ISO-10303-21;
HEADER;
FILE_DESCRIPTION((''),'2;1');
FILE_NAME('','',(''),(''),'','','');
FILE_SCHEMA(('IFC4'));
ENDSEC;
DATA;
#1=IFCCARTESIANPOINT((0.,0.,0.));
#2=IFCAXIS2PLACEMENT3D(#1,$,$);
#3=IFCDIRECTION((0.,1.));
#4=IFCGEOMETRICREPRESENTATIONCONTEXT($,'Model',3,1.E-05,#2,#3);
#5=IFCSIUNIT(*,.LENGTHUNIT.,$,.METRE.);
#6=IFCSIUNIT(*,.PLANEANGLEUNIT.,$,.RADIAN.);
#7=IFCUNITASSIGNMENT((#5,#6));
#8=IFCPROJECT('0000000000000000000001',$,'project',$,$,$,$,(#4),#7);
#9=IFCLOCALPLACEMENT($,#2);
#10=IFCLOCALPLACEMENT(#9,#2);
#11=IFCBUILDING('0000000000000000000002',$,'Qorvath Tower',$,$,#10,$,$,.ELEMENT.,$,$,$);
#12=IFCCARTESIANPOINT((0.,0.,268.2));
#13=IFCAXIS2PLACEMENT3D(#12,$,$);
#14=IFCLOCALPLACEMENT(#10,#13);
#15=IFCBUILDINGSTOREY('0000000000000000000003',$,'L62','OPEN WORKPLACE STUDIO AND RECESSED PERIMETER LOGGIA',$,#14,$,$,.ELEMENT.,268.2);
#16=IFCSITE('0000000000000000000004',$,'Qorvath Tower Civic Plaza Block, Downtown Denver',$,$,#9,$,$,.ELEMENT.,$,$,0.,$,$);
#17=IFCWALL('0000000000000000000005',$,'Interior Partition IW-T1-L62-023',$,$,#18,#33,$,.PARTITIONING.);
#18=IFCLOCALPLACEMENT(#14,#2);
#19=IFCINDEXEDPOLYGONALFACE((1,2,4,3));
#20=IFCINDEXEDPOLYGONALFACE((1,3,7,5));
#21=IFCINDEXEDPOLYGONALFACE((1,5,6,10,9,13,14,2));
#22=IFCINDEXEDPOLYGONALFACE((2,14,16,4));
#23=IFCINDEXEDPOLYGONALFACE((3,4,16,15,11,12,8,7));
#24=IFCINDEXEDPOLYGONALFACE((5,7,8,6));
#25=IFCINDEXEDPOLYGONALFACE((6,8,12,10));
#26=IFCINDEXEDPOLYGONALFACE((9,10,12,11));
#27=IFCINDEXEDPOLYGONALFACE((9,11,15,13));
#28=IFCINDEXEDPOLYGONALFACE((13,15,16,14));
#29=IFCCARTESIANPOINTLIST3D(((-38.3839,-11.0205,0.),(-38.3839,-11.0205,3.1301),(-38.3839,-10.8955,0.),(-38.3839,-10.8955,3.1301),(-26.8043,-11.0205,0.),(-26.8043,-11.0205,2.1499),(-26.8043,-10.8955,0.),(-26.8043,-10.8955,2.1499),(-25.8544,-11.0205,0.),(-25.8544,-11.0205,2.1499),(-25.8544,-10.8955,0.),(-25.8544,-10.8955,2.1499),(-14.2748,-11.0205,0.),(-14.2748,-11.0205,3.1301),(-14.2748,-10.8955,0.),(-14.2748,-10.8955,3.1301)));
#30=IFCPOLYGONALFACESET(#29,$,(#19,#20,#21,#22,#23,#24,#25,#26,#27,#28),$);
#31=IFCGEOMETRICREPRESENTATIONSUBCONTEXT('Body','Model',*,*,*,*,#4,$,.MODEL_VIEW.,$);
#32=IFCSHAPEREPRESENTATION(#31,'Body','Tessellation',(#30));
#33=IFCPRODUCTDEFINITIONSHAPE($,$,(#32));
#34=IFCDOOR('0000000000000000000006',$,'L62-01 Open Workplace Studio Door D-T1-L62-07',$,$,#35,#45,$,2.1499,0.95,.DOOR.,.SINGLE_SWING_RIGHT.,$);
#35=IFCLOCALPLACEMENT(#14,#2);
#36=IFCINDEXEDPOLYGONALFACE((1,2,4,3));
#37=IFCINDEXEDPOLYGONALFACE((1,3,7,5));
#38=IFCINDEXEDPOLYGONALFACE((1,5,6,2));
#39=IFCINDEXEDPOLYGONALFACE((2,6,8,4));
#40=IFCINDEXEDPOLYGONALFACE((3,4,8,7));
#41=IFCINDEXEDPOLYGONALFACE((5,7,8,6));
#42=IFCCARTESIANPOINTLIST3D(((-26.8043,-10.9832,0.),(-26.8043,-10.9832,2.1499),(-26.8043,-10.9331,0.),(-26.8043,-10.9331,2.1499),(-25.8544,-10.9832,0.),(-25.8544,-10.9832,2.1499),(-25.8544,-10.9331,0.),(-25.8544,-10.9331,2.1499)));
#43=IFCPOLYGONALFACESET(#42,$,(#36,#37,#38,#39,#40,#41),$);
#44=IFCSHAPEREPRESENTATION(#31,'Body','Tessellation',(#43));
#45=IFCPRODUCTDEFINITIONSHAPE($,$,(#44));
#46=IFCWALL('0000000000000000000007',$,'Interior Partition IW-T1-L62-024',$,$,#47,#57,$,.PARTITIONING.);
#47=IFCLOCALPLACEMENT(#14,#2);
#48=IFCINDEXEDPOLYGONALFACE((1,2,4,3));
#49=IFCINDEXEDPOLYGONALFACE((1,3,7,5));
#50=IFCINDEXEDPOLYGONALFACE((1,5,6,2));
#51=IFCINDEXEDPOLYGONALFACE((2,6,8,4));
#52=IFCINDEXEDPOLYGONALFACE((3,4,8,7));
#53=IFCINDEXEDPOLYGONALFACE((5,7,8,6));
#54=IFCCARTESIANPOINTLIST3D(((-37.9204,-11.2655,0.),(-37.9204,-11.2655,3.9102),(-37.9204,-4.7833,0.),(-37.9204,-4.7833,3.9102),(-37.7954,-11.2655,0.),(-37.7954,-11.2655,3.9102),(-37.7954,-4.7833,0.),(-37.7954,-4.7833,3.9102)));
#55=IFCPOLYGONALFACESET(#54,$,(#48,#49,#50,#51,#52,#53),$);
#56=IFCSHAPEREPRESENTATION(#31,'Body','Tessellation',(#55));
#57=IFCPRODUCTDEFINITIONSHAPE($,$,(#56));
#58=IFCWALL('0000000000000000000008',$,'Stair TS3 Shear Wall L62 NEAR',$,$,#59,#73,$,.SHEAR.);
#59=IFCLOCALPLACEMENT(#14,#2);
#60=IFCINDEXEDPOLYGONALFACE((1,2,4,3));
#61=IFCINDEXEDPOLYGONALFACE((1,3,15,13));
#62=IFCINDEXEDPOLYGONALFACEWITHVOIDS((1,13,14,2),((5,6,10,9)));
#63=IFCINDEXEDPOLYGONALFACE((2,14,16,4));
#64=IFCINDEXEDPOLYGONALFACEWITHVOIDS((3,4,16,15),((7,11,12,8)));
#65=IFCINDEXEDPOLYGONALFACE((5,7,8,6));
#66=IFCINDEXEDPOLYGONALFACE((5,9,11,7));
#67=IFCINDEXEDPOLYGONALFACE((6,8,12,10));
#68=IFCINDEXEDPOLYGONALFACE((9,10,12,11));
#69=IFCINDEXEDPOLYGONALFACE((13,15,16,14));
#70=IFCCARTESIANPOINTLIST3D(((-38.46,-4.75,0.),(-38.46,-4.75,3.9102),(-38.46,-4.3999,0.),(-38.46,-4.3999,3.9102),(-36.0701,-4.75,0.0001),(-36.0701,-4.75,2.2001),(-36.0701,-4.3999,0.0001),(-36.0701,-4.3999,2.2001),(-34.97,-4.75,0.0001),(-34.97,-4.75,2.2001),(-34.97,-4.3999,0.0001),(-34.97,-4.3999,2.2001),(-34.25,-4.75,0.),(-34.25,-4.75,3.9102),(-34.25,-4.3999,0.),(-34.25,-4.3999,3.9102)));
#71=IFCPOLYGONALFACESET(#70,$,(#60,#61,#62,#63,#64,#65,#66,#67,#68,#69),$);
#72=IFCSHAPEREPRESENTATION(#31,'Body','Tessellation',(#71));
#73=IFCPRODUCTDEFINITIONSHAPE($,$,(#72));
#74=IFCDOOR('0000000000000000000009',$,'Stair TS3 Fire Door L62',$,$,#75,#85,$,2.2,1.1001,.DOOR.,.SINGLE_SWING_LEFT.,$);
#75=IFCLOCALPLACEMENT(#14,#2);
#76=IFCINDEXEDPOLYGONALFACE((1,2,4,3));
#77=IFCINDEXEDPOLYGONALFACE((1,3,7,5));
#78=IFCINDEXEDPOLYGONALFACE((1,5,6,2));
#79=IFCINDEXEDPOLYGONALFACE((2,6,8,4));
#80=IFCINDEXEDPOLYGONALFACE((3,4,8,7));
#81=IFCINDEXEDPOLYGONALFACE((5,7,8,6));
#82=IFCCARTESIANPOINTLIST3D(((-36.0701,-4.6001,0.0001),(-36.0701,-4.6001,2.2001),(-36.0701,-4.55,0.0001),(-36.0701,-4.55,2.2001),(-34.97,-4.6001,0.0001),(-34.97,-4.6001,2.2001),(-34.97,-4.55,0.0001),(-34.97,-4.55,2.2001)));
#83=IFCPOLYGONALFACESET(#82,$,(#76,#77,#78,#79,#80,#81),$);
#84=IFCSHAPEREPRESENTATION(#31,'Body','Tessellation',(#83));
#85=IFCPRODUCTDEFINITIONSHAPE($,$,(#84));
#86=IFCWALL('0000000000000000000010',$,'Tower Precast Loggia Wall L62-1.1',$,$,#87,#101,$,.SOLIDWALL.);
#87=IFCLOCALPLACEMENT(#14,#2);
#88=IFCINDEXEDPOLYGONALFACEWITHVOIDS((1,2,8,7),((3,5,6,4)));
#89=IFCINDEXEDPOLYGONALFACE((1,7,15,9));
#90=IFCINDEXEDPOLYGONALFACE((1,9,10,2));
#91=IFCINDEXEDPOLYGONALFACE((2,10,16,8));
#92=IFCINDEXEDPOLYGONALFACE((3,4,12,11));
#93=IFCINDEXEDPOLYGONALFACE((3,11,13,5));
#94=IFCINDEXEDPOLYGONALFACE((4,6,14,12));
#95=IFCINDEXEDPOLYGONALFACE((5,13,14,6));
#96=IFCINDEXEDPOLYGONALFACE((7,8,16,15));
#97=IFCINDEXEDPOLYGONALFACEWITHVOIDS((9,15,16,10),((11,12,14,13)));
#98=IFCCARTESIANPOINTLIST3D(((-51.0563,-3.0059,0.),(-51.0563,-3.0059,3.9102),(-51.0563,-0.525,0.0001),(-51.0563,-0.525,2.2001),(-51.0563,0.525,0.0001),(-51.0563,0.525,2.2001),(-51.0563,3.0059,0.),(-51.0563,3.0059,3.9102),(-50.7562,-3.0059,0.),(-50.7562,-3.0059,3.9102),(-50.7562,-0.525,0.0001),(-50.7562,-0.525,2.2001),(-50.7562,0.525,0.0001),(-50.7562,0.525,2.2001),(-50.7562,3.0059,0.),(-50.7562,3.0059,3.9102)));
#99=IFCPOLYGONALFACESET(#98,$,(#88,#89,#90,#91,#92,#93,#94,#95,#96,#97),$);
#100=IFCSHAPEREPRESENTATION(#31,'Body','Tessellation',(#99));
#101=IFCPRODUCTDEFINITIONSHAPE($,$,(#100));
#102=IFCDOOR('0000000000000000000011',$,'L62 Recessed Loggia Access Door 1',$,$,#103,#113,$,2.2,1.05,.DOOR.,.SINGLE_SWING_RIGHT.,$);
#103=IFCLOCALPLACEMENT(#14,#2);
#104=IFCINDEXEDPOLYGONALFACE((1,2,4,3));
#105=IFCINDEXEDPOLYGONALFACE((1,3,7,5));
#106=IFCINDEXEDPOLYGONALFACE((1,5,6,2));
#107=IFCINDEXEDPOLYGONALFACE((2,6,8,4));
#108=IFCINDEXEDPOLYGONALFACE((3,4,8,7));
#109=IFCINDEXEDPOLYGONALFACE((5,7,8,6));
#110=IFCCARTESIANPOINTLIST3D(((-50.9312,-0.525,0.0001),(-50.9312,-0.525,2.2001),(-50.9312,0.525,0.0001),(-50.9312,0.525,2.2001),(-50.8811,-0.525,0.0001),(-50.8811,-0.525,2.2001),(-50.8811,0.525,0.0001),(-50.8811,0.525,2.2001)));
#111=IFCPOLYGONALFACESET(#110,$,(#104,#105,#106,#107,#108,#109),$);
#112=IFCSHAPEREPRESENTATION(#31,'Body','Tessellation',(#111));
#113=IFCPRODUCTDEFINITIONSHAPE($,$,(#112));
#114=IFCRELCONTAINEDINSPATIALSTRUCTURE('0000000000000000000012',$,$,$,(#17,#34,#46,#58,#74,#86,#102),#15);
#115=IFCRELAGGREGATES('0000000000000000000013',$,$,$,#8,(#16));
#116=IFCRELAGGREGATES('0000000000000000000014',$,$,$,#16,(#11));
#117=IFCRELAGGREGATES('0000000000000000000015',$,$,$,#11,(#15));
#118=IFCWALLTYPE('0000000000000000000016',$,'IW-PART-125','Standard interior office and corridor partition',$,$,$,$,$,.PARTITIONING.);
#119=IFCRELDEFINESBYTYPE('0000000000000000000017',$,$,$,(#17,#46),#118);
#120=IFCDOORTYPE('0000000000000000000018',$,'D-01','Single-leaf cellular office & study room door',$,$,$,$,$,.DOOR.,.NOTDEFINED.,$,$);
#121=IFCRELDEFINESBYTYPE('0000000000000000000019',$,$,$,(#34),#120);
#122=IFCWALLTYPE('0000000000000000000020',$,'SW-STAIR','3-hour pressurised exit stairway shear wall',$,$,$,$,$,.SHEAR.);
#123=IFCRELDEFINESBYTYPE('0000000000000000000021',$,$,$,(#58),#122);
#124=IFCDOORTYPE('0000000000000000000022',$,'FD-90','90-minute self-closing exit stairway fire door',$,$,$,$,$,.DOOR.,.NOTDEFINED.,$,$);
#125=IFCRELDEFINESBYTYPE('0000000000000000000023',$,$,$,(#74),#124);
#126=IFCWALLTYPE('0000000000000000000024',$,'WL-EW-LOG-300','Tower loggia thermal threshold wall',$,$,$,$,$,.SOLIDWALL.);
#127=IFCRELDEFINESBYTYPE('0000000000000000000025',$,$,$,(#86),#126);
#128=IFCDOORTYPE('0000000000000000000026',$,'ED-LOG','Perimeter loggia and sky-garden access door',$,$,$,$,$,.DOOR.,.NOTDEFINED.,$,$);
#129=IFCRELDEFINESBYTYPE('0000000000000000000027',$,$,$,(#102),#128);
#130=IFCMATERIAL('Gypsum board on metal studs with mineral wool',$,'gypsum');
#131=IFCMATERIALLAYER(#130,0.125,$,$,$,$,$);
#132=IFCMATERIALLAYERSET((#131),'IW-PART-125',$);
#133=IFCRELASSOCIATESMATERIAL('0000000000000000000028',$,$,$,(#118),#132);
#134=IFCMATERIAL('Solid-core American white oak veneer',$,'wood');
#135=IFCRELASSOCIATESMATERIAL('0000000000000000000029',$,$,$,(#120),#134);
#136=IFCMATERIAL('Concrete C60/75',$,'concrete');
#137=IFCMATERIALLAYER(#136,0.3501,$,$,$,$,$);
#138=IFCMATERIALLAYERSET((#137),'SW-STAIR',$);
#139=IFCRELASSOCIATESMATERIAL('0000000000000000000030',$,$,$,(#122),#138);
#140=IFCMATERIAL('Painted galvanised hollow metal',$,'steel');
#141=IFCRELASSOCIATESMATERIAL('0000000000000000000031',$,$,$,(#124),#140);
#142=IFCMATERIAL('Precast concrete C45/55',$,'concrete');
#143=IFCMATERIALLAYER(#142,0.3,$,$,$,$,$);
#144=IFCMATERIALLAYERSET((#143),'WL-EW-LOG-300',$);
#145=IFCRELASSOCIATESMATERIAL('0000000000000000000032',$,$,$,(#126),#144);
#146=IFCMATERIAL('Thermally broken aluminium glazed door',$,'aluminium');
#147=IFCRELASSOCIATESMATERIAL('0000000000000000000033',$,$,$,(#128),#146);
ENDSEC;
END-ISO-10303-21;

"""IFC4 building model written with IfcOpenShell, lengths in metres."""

from ifc_helpers import new_model, si_unit, direction, frame, frame_2d, origin, place, context, subcontext, project, spatial, rectangle, extrude, material, layer, layer_set, type_object, element, fill, save


model = new_model("IFC4")

# Units and contexts
model_context = context("Model", 3, precision=1e-05, world=origin(), true_north=direction((0.0, 1.0)))
body_context = subcontext(model_context, "Body", "Model", "MODEL_VIEW")
ifc_project = project(units=[si_unit("LENGTHUNIT", "METRE"), si_unit("PLANEANGLEUNIT", "RADIAN")], contexts=[model_context])

# Site, building, storey
site_placement = place(None, origin())
site = spatial("IfcSite", under=ifc_project, at=site_placement, Name="Qorvath Tower Civic Plaza Block, Downtown Denver", CompositionType="ELEMENT", RefElevation=0.0)
building_placement = place(site_placement, origin())
building = spatial("IfcBuilding", under=site, at=building_placement, Name="Qorvath Tower", CompositionType="ELEMENT")
storey_placement = place(building_placement, frame((0.0, 0.0, 268.2)))
storey = spatial("IfcBuildingStorey", under=building, at=storey_placement, Name="L62", Description="OPEN WORKPLACE STUDIO AND RECESSED PERIMETER LOGGIA", CompositionType="ELEMENT", Elevation=268.2)

# Wall, opening, door
ifc_material_1 = material(Name="Gypsum board on metal studs with mineral wool", Category="gypsum")
ifc_layer_1 = layer(ifc_material_1, 0.125)
ifc_layer_set_1 = layer_set([ifc_layer_1], Name="IW-PART-125")
wall_type_1 = type_object("IfcWallType", Name="IW-PART-125", Description="Standard interior office and corridor partition", PredefinedType="PARTITIONING", material=ifc_layer_set_1)
wall_1_placement = place(storey_placement, frame((-38.384, -10.958, 0.0), z_axis=(0.0, 0.0, 1.0), x_axis=(1.0, 0.0, 0.0)))
wall_1 = element("IfcWall", 1, at=wall_1_placement, inside=storey, type_object=wall_type_1, Name="Interior Partition IW-T1-L62-023", PredefinedType="PARTITIONING", context=body_context, shape_type="SweptSolid", body=[
    extrude(rectangle(XDim=24.1091, YDim=0.125, at=frame_2d((12.0547, 0.0))), origin(), (0.0, 0.0, 1.0), 3.1301),
])
opening_1_placement = place(wall_1_placement, frame((11.5796, 0.0, 0.0)))
opening_1 = element("IfcOpeningElement", 2, at=opening_1_placement, cuts=wall_1, PredefinedType="OPENING", context=body_context, shape_type="SweptSolid", body=[
    extrude(rectangle(XDim=0.95, YDim=2.1499, at=frame_2d((0.4751, 1.075))), frame((0.0, 0.0725, 0.0), z_axis=(0.0, -1.0, 0.0), x_axis=(1.0, 0.0, 0.0)), (0.0, 0.0, 1.0), 0.145),
])
ifc_material_2 = material(Name="Solid-core American white oak veneer", Category="wood")
door_type_1 = type_object("IfcDoorType", Name="D-01", Description="Single-leaf cellular office & study room door", OperationType="NOTDEFINED", PredefinedType="DOOR", material=ifc_material_2)
door_1_placement = place(opening_1_placement, origin())
door_1 = element("IfcDoor", 3, at=door_1_placement, inside=storey, type_object=door_type_1, Name="L62-01 Open Workplace Studio Door D-T1-L62-07", OperationType="SINGLE_SWING_RIGHT", OverallHeight=2.1499, OverallWidth=0.95, PredefinedType="DOOR", context=body_context, shape_type="SweptSolid", body=[
    extrude(rectangle(XDim=0.95, YDim=2.1499, at=frame_2d((0.4751, 1.075))), frame((0.0, 0.0249, 0.0), z_axis=(0.0, -1.0, 0.0), x_axis=(1.0, 0.0, 0.0)), (0.0, 0.0, 1.0), 0.05),
])
fill(opening_1, door_1)

# Wall
wall_2_placement = place(storey_placement, frame((-37.8579, -4.7832, 0.0), z_axis=(0.0, 0.0, 1.0), x_axis=(0.0, -1.0, 0.0)))
element("IfcWall", 4, at=wall_2_placement, inside=storey, type_object=wall_type_1, Name="Interior Partition IW-T1-L62-024", PredefinedType="PARTITIONING", context=body_context, shape_type="SweptSolid", body=[
    extrude(rectangle(XDim=6.4822, YDim=0.125, at=frame_2d((3.2412, 0.0))), origin(), (0.0, 0.0, 1.0), 3.9102),
])

# Walls, openings, doors
ifc_material_3 = material(Name="Concrete C60/75", Category="concrete")
ifc_layer_2 = layer(ifc_material_3, 0.3501)
ifc_layer_set_2 = layer_set([ifc_layer_2], Name="SW-STAIR")
wall_type_2 = type_object("IfcWallType", Name="SW-STAIR", Description="3-hour pressurised exit stairway shear wall", PredefinedType="SHEAR", material=ifc_layer_set_2)
wall_3_placement = place(storey_placement, frame((-38.46, -4.575, 0.0), z_axis=(0.0, 0.0, 1.0), x_axis=(1.0, 0.0, 0.0)))
wall_3 = element("IfcWall", 5, at=wall_3_placement, inside=storey, type_object=wall_type_2, Name="Stair TS3 Shear Wall L62 NEAR", PredefinedType="SHEAR", context=body_context, shape_type="SweptSolid", body=[
    extrude(rectangle(XDim=4.21, YDim=0.3501, at=frame_2d((2.105, 0.0))), origin(), (0.0, 0.0, 1.0), 3.9102),
])
opening_2_placement = place(wall_3_placement, frame((2.3899, 0.0, 0.0)))
opening_2 = element("IfcOpeningElement", 6, at=opening_2_placement, cuts=wall_3, PredefinedType="OPENING", context=body_context, shape_type="SweptSolid", body=[
    extrude(rectangle(XDim=1.1001, YDim=2.2, at=frame_2d((0.55, 1.1001))), frame((0.0, 0.1851, 0.0), z_axis=(0.0, -1.0, 0.0), x_axis=(1.0, 0.0, 0.0)), (0.0, 0.0, 1.0), 0.3701),
])
ifc_material_4 = material(Name="Painted galvanised hollow metal", Category="steel")
door_type_2 = type_object("IfcDoorType", Name="FD-90", Description="90-minute self-closing exit stairway fire door", OperationType="NOTDEFINED", PredefinedType="DOOR", material=ifc_material_4)
door_2_placement = place(opening_2_placement, origin())
door_2 = element("IfcDoor", 7, at=door_2_placement, inside=storey, type_object=door_type_2, Name="Stair TS3 Fire Door L62", OperationType="SINGLE_SWING_LEFT", OverallHeight=2.2, OverallWidth=1.1001, PredefinedType="DOOR", context=body_context, shape_type="SweptSolid", body=[
    extrude(rectangle(XDim=1.1001, YDim=2.2, at=frame_2d((0.55, 1.1001))), frame((0.0, 0.0249, 0.0), z_axis=(0.0, -1.0, 0.0), x_axis=(1.0, 0.0, 0.0)), (0.0, 0.0, 1.0), 0.05),
])
fill(opening_2, door_2)
ifc_material_5 = material(Name="Precast concrete C45/55", Category="concrete")
ifc_layer_3 = layer(ifc_material_5, 0.3)
ifc_layer_set_3 = layer_set([ifc_layer_3], Name="WL-EW-LOG-300")
wall_type_3 = type_object("IfcWallType", Name="WL-EW-LOG-300", Description="Tower loggia thermal threshold wall", PredefinedType="SOLIDWALL", material=ifc_layer_set_3)
wall_4_placement = place(storey_placement, frame((-50.9062, -3.0059, 0.0), z_axis=(0.0, 0.0, 1.0), x_axis=(0.0, 1.0, 0.0)))
wall_4 = element("IfcWall", 8, at=wall_4_placement, inside=storey, type_object=wall_type_3, Name="Tower Precast Loggia Wall L62-1.1", PredefinedType="SOLIDWALL", context=body_context, shape_type="SweptSolid", body=[
    extrude(rectangle(XDim=6.0117, YDim=0.3, at=frame_2d((3.0059, 0.0))), origin(), (0.0, 0.0, 1.0), 3.9102),
])
opening_3_placement = place(wall_4_placement, frame((2.481, 0.0, 0.0)))
opening_3 = element("IfcOpeningElement", 9, at=opening_3_placement, cuts=wall_4, PredefinedType="OPENING", context=body_context, shape_type="SweptSolid", body=[
    extrude(rectangle(XDim=1.05, YDim=2.2, at=frame_2d((0.5249, 1.1001))), frame((0.0, 0.1602, 0.0), z_axis=(0.0, -1.0, 0.0), x_axis=(1.0, 0.0, 0.0)), (0.0, 0.0, 1.0), 0.3201),
])
ifc_material_6 = material(Name="Thermally broken aluminium glazed door", Category="aluminium")
door_type_3 = type_object("IfcDoorType", Name="ED-LOG", Description="Perimeter loggia and sky-garden access door", OperationType="NOTDEFINED", PredefinedType="DOOR", material=ifc_material_6)
door_3_placement = place(opening_3_placement, origin())
door_3 = element("IfcDoor", 10, at=door_3_placement, inside=storey, type_object=door_type_3, Name="L62 Recessed Loggia Access Door 1", OperationType="SINGLE_SWING_RIGHT", OverallHeight=2.2, OverallWidth=1.05, PredefinedType="DOOR", context=body_context, shape_type="SweptSolid", body=[
    extrude(rectangle(XDim=1.05, YDim=2.2, at=frame_2d((0.5249, 1.1001))), frame((0.0, 0.0249, 0.0), z_axis=(0.0, -1.0, 0.0), x_axis=(1.0, 0.0, 0.0)), (0.0, 0.0, 1.0), 0.05),
])
fill(opening_3, door_3)

save(model, "model.ifc")
